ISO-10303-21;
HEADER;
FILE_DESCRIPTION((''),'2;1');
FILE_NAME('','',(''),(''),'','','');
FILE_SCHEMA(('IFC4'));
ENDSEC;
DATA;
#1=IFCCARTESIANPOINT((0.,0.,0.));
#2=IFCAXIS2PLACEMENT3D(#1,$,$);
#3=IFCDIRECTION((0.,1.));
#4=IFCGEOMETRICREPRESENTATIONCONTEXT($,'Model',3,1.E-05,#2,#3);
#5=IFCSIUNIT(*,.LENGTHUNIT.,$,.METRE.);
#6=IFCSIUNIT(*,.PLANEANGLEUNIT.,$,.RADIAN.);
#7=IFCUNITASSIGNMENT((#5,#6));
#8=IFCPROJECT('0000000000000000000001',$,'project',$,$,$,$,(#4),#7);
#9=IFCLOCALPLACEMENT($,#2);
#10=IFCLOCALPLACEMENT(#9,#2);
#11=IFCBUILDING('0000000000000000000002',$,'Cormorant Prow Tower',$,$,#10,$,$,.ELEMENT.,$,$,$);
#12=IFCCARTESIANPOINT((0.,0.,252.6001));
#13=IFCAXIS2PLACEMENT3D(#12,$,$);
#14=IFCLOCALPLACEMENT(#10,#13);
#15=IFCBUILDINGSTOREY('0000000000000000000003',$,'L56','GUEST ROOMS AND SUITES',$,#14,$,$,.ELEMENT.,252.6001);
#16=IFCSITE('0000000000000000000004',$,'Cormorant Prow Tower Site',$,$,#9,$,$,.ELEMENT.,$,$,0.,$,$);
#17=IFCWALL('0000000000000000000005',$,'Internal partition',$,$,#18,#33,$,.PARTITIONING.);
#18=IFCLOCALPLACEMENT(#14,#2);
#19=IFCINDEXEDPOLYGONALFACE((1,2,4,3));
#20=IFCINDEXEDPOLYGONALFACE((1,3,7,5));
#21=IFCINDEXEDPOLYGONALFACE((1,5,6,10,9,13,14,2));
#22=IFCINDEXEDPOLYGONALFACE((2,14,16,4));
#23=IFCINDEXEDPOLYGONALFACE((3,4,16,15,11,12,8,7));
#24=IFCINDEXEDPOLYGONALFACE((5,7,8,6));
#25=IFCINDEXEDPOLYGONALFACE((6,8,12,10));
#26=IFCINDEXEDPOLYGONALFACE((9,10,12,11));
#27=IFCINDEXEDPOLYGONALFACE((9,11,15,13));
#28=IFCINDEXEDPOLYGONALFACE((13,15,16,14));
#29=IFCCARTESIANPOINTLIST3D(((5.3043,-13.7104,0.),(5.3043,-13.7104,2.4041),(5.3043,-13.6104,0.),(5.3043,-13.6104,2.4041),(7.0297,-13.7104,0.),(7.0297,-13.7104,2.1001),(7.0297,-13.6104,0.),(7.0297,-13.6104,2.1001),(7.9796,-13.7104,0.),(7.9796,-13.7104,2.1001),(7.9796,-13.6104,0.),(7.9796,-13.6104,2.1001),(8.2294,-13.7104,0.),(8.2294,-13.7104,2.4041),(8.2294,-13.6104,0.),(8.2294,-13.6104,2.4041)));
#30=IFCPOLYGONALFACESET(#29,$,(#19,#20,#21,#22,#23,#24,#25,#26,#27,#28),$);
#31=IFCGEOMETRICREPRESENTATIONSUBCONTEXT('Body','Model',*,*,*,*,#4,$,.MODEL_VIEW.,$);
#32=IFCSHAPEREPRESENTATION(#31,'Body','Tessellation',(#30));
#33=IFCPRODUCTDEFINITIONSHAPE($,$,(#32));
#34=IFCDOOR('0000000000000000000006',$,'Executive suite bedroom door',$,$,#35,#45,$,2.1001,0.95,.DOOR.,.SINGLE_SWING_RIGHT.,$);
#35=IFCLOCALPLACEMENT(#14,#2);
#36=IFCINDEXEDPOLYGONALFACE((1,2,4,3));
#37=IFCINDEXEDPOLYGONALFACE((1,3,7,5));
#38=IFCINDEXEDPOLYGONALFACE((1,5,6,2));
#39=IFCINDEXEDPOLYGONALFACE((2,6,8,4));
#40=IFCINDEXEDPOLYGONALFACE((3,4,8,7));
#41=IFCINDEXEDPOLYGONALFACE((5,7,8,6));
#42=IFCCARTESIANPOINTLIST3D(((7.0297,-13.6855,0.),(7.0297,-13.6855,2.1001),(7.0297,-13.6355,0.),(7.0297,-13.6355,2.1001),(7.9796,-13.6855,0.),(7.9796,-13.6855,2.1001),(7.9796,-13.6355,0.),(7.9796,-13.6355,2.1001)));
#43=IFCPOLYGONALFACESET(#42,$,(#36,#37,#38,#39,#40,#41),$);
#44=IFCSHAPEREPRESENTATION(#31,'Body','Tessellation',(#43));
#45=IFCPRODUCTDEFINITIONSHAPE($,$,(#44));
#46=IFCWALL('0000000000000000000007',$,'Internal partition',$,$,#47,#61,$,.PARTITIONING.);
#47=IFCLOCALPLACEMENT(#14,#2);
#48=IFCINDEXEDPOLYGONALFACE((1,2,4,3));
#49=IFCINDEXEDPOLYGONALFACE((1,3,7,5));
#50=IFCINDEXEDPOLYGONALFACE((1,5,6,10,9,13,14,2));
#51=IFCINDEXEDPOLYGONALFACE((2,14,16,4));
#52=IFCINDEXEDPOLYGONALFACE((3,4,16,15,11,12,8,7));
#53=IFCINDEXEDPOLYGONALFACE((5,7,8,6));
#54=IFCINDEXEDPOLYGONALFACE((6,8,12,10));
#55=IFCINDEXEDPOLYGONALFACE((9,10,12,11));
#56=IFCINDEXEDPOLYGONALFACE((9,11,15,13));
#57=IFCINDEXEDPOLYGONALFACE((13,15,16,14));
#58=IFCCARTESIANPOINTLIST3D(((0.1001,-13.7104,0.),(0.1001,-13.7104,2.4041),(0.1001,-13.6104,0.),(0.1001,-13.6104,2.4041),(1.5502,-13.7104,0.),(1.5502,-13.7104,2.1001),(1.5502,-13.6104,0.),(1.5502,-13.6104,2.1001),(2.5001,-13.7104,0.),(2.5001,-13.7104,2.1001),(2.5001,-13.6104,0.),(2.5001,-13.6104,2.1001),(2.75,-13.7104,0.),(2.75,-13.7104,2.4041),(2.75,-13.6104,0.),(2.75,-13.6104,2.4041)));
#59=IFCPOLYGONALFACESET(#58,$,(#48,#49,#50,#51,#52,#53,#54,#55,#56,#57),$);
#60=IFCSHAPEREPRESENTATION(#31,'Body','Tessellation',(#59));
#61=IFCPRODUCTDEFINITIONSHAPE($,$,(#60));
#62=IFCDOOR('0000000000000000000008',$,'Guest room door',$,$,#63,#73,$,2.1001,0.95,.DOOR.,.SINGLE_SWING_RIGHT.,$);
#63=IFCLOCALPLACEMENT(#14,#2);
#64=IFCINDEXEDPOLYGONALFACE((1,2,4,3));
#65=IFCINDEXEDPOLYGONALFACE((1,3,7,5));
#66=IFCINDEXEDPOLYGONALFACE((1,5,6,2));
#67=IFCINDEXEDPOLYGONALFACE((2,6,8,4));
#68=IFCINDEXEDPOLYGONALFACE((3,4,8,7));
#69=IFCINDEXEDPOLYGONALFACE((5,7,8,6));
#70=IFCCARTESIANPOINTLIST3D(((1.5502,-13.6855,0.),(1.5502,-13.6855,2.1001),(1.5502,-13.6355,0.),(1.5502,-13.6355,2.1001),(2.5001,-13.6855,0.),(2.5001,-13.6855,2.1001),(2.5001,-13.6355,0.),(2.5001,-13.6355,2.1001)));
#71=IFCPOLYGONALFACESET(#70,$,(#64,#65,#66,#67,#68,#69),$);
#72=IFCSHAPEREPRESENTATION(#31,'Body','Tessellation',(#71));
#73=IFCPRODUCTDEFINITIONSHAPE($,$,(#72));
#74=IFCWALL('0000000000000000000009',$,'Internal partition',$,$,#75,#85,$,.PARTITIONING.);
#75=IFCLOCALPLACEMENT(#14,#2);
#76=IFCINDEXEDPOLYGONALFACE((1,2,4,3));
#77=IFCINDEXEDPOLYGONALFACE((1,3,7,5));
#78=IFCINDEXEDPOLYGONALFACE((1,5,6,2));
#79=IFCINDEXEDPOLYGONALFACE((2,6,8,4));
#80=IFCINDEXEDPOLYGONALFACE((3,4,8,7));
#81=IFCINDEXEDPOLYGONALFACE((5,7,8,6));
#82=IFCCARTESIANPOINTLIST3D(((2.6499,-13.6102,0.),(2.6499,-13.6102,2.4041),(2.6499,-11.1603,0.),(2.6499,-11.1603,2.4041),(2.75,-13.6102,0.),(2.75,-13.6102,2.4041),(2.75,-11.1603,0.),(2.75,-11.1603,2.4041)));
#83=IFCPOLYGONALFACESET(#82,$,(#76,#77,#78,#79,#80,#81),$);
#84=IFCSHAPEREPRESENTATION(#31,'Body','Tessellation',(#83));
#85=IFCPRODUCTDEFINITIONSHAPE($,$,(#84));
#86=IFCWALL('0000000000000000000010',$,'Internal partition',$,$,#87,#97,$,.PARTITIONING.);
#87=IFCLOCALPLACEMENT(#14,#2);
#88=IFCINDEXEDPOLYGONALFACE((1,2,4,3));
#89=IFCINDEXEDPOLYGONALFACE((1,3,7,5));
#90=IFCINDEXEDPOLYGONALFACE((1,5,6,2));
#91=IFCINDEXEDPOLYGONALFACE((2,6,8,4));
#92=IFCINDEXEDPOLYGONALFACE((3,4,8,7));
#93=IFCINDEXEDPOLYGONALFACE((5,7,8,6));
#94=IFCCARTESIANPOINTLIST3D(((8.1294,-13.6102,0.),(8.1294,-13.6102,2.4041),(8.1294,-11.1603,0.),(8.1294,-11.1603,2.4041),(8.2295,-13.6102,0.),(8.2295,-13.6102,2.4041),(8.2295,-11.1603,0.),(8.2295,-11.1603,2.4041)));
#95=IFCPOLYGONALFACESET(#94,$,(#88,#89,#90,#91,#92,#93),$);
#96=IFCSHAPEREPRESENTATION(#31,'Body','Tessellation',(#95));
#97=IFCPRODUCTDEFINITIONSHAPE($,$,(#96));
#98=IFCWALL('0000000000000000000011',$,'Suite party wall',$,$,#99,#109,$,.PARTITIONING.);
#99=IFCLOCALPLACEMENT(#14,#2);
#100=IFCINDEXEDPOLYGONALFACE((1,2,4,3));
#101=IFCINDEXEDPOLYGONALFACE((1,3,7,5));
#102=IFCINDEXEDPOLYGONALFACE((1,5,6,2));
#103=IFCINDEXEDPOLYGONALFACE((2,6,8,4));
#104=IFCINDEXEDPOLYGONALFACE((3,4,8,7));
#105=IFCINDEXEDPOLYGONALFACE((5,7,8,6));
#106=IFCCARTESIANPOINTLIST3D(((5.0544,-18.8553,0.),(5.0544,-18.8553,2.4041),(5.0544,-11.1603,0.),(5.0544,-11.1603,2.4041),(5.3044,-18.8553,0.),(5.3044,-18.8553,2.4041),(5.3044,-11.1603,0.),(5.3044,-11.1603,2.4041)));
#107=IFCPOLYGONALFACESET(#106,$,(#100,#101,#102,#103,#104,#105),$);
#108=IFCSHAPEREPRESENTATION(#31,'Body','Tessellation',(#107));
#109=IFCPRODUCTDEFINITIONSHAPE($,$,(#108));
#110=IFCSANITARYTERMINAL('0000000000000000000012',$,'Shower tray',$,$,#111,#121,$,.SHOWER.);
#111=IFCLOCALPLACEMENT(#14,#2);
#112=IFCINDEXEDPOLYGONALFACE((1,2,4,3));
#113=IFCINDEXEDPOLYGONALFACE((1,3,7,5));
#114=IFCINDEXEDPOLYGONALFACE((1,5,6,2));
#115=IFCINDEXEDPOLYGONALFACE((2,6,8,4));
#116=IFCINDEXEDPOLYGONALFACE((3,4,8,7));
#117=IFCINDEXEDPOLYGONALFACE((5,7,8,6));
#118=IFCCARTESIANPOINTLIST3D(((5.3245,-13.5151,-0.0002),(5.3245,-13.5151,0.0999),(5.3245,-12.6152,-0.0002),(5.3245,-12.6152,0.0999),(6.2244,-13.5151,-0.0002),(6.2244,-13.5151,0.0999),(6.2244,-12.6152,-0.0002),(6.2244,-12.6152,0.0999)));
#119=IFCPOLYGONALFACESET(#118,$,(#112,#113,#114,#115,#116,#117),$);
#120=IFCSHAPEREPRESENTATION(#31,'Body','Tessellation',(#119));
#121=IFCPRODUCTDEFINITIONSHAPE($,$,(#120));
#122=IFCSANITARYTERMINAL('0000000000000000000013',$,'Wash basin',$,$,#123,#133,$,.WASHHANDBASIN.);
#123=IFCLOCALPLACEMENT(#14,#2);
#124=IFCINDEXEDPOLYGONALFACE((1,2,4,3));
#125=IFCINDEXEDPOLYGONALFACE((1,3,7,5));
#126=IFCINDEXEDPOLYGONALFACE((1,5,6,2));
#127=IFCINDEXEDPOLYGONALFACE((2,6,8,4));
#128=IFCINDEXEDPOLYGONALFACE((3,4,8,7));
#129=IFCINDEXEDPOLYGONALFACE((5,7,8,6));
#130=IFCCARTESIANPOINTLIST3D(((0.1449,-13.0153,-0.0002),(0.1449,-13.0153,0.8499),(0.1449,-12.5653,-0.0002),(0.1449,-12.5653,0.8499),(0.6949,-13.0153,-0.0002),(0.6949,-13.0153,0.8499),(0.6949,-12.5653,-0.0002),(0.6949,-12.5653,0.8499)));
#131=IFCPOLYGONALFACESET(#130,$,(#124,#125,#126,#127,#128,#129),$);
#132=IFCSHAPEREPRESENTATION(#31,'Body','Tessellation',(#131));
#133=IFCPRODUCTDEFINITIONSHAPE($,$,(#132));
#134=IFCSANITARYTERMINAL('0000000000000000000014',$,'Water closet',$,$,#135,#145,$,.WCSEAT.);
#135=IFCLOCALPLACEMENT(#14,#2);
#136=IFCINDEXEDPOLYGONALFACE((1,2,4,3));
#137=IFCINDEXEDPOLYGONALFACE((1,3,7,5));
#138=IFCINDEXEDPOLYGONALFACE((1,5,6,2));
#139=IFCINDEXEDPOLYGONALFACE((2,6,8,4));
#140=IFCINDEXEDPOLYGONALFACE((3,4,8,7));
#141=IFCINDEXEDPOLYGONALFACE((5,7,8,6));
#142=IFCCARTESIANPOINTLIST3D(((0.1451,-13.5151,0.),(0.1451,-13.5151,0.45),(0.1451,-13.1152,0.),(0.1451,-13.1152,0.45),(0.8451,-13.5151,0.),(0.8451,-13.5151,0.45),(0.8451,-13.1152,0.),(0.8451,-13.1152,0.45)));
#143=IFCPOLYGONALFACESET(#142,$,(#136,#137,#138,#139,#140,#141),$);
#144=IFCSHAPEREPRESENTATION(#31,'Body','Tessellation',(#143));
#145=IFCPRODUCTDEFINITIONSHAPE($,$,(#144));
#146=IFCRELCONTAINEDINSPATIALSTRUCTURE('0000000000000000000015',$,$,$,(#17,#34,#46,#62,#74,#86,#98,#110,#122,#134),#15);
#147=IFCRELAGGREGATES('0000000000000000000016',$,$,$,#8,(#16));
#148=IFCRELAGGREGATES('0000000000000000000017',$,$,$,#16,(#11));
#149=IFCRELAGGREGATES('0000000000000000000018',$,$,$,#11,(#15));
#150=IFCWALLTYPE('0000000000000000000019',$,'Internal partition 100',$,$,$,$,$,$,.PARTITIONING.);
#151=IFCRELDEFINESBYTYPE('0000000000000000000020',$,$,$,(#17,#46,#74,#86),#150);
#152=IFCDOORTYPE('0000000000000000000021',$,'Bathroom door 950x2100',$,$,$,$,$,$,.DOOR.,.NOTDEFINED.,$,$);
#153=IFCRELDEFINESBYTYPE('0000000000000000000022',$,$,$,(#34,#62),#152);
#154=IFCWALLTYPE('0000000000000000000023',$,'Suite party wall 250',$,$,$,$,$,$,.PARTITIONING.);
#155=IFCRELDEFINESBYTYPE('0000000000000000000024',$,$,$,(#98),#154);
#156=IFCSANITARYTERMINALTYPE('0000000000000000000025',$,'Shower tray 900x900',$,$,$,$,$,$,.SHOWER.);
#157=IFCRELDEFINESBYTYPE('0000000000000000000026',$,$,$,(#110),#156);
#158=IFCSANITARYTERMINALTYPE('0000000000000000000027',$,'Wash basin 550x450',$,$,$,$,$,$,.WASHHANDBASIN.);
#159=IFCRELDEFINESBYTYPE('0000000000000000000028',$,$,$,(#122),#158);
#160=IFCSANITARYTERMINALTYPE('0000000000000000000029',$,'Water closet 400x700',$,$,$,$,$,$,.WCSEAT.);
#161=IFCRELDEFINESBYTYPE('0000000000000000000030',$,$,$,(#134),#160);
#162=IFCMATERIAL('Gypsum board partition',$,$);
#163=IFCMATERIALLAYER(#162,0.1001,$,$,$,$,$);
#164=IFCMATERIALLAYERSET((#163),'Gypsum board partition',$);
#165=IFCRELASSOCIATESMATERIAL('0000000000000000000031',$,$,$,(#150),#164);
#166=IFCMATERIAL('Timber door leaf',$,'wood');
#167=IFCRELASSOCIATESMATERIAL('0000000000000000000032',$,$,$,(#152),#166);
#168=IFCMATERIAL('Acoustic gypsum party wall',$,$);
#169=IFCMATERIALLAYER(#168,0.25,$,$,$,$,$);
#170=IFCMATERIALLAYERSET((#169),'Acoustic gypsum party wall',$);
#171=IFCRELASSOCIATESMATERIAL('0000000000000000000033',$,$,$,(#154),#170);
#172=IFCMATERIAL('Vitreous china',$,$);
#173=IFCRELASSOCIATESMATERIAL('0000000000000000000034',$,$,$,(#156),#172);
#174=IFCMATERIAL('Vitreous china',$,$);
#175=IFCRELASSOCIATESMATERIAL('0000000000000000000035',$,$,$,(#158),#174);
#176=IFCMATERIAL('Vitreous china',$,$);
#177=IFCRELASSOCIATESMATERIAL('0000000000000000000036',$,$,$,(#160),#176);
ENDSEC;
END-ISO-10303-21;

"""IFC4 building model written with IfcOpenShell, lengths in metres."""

from ifc_helpers import new_model, si_unit, direction, frame, frame_2d, origin, origin_2d, place, context, subcontext, project, spatial, rectangle, extrude, material, layer, layer_set, type_object, element, fill, save


model = new_model("IFC4")

# Units and contexts
model_context = context("Model", 3, precision=1e-05, world=origin(), true_north=direction((0.0, 1.0)))
body_context = subcontext(model_context, "Body", "Model", "MODEL_VIEW")
ifc_project = project(units=[si_unit("LENGTHUNIT", "METRE"), si_unit("PLANEANGLEUNIT", "RADIAN")], contexts=[model_context])

# Site, building, storey
site_placement = place(None, origin())
site = spatial("IfcSite", under=ifc_project, at=site_placement, Name="Cormorant Prow Tower Site", CompositionType="ELEMENT", RefElevation=0.0)
building_placement = place(site_placement, origin())
building = spatial("IfcBuilding", under=site, at=building_placement, Name="Cormorant Prow Tower", CompositionType="ELEMENT")
storey_placement = place(building_placement, frame((0.0, 0.0, 252.6001)))
storey = spatial("IfcBuildingStorey", under=building, at=storey_placement, Name="L56", Description="GUEST ROOMS AND SUITES", CompositionType="ELEMENT", Elevation=252.6001)

# Walls, openings, doors
ifc_material_1 = material(Name="Gypsum board partition")
ifc_layer_1 = layer(ifc_material_1, 0.1001)
ifc_layer_set_1 = layer_set([ifc_layer_1], Name="Gypsum board partition")
wall_type_1 = type_object("IfcWallType", Name="Internal partition 100", PredefinedType="PARTITIONING", material=ifc_layer_set_1)
wall_1_placement = place(storey_placement, frame((5.3044, -13.6604, 0.0), z_axis=(0.0, 0.0, 1.0), x_axis=(1.0, 0.0, 0.0)))
wall_1 = element("IfcWall", 1, at=wall_1_placement, inside=storey, type_object=wall_type_1, Name="Internal partition", PredefinedType="PARTITIONING", context=body_context, shape_type="SweptSolid", body=[
    extrude(rectangle(XDim=2.925, YDim=0.1001, at=frame_2d((1.4624, 0.0))), origin(), (0.0, 0.0, 1.0), 2.4041),
])
opening_1_placement = place(wall_1_placement, frame((1.7251, 0.0, 0.0)))
opening_1 = element("IfcOpeningElement", 2, at=opening_1_placement, cuts=wall_1, PredefinedType="OPENING", context=body_context, shape_type="SweptSolid", body=[
    extrude(rectangle(XDim=0.95, YDim=2.1001, at=frame_2d((0.4751, 1.05))), frame((0.0, 0.0601, 0.0), z_axis=(0.0, -1.0, 0.0), x_axis=(1.0, 0.0, 0.0)), (0.0, 0.0, 1.0), 0.1201),
])
ifc_material_2 = material(Name="Timber door leaf", Category="wood")
door_type_1 = type_object("IfcDoorType", Name="Bathroom door 950x2100", OperationType="NOTDEFINED", PredefinedType="DOOR", material=ifc_material_2)
door_1_placement = place(opening_1_placement, origin())
door_1 = element("IfcDoor", 3, at=door_1_placement, inside=storey, type_object=door_type_1, Name="Executive suite bedroom door", OperationType="SINGLE_SWING_RIGHT", OverallHeight=2.1001, OverallWidth=0.95, PredefinedType="DOOR", context=body_context, shape_type="SweptSolid", body=[
    extrude(rectangle(XDim=0.95, YDim=2.1001, at=frame_2d((0.4751, 1.05))), frame((0.0, 0.0249, 0.0), z_axis=(0.0, -1.0, 0.0), x_axis=(1.0, 0.0, 0.0)), (0.0, 0.0, 1.0), 0.05),
])
fill(opening_1, door_1)
wall_2_placement = place(storey_placement, frame((0.1001, -13.6604, 0.0), z_axis=(0.0, 0.0, 1.0), x_axis=(1.0, 0.0, 0.0)))
wall_2 = element("IfcWall", 4, at=wall_2_placement, inside=storey, type_object=wall_type_1, Name="Internal partition", PredefinedType="PARTITIONING", context=body_context, shape_type="SweptSolid", body=[
    extrude(rectangle(XDim=2.6499, YDim=0.1001, at=frame_2d((1.325, 0.0))), origin(), (0.0, 0.0, 1.0), 2.4041),
])
opening_2_placement = place(wall_2_placement, frame((1.45, 0.0, 0.0)))
opening_2 = element("IfcOpeningElement", 5, at=opening_2_placement, cuts=wall_2, PredefinedType="OPENING", context=body_context, shape_type="SweptSolid", body=[
    extrude(rectangle(XDim=0.95, YDim=2.1001, at=frame_2d((0.4751, 1.05))), frame((0.0, 0.0601, 0.0), z_axis=(0.0, -1.0, 0.0), x_axis=(1.0, 0.0, 0.0)), (0.0, 0.0, 1.0), 0.1201),
])
door_2_placement = place(opening_2_placement, origin())
door_2 = element("IfcDoor", 6, at=door_2_placement, inside=storey, type_object=door_type_1, Name="Guest room door", OperationType="SINGLE_SWING_RIGHT", OverallHeight=2.1001, OverallWidth=0.95, PredefinedType="DOOR", context=body_context, shape_type="SweptSolid", body=[
    extrude(rectangle(XDim=0.95, YDim=2.1001, at=frame_2d((0.4751, 1.05))), frame((0.0, 0.0249, 0.0), z_axis=(0.0, -1.0, 0.0), x_axis=(1.0, 0.0, 0.0)), (0.0, 0.0, 1.0), 0.05),
])
fill(opening_2, door_2)

# Walls
for number, where, z_axis, x_axis, name in (
    (7, (2.7, -13.6104, 0.0), (0.0, 0.0, 1.0), (0.0, 1.0, 0.0), "Internal partition"),
    (8, (8.1794, -13.6104, 0.0), (0.0, 0.0, 1.0), (0.0, 1.0, 0.0), "Internal partition"),
):
    element("IfcWall", number, at=place(storey_placement, frame(where, z_axis=z_axis, x_axis=x_axis)), inside=storey, type_object=wall_type_1, Name=name, PredefinedType="PARTITIONING", context=body_context, shape_type="SweptSolid", body=[
        extrude(rectangle(XDim=2.45, YDim=0.1001, at=frame_2d((1.2251, 0.0))), origin(), (0.0, 0.0, 1.0), 2.4041),
    ])
ifc_material_3 = material(Name="Acoustic gypsum party wall")
ifc_layer_2 = layer(ifc_material_3, 0.25)
ifc_layer_set_2 = layer_set([ifc_layer_2], Name="Acoustic gypsum party wall")
wall_type_2 = type_object("IfcWallType", Name="Suite party wall 250", PredefinedType="PARTITIONING", material=ifc_layer_set_2)
wall_3_placement = place(storey_placement, frame((5.1794, -18.8555, 0.0), z_axis=(0.0, 0.0, 1.0), x_axis=(0.0, 1.0, 0.0)))
element("IfcWall", 9, at=wall_3_placement, inside=storey, type_object=wall_type_2, Name="Suite party wall", PredefinedType="PARTITIONING", context=body_context, shape_type="SweptSolid", body=[
    extrude(rectangle(XDim=7.6951, YDim=0.25, at=frame_2d((3.8477, 0.0))), origin(), (0.0, 0.0, 1.0), 2.4041),
])

# Sanitary terminals
ifc_material_4 = material(Name="Vitreous china")
sanitary_terminal_type_1 = type_object("IfcSanitaryTerminalType", Name="Shower tray 900x900", PredefinedType="SHOWER", material=ifc_material_4)
sanitary_terminal_1_placement = place(storey_placement, frame((5.7744, -13.0652, -0.0002), z_axis=(0.0, 0.0, 1.0), x_axis=(0.0, 1.0, 0.0)))
element("IfcSanitaryTerminal", 10, at=sanitary_terminal_1_placement, inside=storey, type_object=sanitary_terminal_type_1, Name="Shower tray", PredefinedType="SHOWER", context=body_context, shape_type="SweptSolid", body=[
    extrude(rectangle(XDim=0.8999, YDim=0.8999, at=origin_2d()), origin(), (0.0, 0.0, 1.0), 0.1001),
])
ifc_material_5 = material(Name="Vitreous china")
sanitary_terminal_type_2 = type_object("IfcSanitaryTerminalType", Name="Wash basin 550x450", PredefinedType="WASHHANDBASIN", material=ifc_material_5)
sanitary_terminal_2_placement = place(storey_placement, frame((0.4199, -12.7903, -0.0002), z_axis=(0.0, 0.0, 1.0), x_axis=(1.0, 0.0, 0.0)))
element("IfcSanitaryTerminal", 11, at=sanitary_terminal_2_placement, inside=storey, type_object=sanitary_terminal_type_2, Name="Wash basin", PredefinedType="WASHHANDBASIN", context=body_context, shape_type="SweptSolid", body=[
    extrude(rectangle(XDim=0.55, YDim=0.45, at=origin_2d()), origin(), (0.0, 0.0, 1.0), 0.8501),
])
ifc_material_6 = material(Name="Vitreous china")
sanitary_terminal_type_3 = type_object("IfcSanitaryTerminalType", Name="Water closet 400x700", PredefinedType="WCSEAT", material=ifc_material_6)
sanitary_terminal_3_placement = place(storey_placement, frame((0.4951, -13.3152, 0.0), z_axis=(0.0, 0.0, 1.0), x_axis=(0.0, 1.0, 0.0)))
element("IfcSanitaryTerminal", 12, at=sanitary_terminal_3_placement, inside=storey, type_object=sanitary_terminal_type_3, Name="Water closet", PredefinedType="WCSEAT", context=body_context, shape_type="SweptSolid", body=[
    extrude(rectangle(XDim=0.3999, YDim=0.7, at=origin_2d()), origin(), (0.0, 0.0, 1.0), 0.45),
])

save(model, "model.ifc")
